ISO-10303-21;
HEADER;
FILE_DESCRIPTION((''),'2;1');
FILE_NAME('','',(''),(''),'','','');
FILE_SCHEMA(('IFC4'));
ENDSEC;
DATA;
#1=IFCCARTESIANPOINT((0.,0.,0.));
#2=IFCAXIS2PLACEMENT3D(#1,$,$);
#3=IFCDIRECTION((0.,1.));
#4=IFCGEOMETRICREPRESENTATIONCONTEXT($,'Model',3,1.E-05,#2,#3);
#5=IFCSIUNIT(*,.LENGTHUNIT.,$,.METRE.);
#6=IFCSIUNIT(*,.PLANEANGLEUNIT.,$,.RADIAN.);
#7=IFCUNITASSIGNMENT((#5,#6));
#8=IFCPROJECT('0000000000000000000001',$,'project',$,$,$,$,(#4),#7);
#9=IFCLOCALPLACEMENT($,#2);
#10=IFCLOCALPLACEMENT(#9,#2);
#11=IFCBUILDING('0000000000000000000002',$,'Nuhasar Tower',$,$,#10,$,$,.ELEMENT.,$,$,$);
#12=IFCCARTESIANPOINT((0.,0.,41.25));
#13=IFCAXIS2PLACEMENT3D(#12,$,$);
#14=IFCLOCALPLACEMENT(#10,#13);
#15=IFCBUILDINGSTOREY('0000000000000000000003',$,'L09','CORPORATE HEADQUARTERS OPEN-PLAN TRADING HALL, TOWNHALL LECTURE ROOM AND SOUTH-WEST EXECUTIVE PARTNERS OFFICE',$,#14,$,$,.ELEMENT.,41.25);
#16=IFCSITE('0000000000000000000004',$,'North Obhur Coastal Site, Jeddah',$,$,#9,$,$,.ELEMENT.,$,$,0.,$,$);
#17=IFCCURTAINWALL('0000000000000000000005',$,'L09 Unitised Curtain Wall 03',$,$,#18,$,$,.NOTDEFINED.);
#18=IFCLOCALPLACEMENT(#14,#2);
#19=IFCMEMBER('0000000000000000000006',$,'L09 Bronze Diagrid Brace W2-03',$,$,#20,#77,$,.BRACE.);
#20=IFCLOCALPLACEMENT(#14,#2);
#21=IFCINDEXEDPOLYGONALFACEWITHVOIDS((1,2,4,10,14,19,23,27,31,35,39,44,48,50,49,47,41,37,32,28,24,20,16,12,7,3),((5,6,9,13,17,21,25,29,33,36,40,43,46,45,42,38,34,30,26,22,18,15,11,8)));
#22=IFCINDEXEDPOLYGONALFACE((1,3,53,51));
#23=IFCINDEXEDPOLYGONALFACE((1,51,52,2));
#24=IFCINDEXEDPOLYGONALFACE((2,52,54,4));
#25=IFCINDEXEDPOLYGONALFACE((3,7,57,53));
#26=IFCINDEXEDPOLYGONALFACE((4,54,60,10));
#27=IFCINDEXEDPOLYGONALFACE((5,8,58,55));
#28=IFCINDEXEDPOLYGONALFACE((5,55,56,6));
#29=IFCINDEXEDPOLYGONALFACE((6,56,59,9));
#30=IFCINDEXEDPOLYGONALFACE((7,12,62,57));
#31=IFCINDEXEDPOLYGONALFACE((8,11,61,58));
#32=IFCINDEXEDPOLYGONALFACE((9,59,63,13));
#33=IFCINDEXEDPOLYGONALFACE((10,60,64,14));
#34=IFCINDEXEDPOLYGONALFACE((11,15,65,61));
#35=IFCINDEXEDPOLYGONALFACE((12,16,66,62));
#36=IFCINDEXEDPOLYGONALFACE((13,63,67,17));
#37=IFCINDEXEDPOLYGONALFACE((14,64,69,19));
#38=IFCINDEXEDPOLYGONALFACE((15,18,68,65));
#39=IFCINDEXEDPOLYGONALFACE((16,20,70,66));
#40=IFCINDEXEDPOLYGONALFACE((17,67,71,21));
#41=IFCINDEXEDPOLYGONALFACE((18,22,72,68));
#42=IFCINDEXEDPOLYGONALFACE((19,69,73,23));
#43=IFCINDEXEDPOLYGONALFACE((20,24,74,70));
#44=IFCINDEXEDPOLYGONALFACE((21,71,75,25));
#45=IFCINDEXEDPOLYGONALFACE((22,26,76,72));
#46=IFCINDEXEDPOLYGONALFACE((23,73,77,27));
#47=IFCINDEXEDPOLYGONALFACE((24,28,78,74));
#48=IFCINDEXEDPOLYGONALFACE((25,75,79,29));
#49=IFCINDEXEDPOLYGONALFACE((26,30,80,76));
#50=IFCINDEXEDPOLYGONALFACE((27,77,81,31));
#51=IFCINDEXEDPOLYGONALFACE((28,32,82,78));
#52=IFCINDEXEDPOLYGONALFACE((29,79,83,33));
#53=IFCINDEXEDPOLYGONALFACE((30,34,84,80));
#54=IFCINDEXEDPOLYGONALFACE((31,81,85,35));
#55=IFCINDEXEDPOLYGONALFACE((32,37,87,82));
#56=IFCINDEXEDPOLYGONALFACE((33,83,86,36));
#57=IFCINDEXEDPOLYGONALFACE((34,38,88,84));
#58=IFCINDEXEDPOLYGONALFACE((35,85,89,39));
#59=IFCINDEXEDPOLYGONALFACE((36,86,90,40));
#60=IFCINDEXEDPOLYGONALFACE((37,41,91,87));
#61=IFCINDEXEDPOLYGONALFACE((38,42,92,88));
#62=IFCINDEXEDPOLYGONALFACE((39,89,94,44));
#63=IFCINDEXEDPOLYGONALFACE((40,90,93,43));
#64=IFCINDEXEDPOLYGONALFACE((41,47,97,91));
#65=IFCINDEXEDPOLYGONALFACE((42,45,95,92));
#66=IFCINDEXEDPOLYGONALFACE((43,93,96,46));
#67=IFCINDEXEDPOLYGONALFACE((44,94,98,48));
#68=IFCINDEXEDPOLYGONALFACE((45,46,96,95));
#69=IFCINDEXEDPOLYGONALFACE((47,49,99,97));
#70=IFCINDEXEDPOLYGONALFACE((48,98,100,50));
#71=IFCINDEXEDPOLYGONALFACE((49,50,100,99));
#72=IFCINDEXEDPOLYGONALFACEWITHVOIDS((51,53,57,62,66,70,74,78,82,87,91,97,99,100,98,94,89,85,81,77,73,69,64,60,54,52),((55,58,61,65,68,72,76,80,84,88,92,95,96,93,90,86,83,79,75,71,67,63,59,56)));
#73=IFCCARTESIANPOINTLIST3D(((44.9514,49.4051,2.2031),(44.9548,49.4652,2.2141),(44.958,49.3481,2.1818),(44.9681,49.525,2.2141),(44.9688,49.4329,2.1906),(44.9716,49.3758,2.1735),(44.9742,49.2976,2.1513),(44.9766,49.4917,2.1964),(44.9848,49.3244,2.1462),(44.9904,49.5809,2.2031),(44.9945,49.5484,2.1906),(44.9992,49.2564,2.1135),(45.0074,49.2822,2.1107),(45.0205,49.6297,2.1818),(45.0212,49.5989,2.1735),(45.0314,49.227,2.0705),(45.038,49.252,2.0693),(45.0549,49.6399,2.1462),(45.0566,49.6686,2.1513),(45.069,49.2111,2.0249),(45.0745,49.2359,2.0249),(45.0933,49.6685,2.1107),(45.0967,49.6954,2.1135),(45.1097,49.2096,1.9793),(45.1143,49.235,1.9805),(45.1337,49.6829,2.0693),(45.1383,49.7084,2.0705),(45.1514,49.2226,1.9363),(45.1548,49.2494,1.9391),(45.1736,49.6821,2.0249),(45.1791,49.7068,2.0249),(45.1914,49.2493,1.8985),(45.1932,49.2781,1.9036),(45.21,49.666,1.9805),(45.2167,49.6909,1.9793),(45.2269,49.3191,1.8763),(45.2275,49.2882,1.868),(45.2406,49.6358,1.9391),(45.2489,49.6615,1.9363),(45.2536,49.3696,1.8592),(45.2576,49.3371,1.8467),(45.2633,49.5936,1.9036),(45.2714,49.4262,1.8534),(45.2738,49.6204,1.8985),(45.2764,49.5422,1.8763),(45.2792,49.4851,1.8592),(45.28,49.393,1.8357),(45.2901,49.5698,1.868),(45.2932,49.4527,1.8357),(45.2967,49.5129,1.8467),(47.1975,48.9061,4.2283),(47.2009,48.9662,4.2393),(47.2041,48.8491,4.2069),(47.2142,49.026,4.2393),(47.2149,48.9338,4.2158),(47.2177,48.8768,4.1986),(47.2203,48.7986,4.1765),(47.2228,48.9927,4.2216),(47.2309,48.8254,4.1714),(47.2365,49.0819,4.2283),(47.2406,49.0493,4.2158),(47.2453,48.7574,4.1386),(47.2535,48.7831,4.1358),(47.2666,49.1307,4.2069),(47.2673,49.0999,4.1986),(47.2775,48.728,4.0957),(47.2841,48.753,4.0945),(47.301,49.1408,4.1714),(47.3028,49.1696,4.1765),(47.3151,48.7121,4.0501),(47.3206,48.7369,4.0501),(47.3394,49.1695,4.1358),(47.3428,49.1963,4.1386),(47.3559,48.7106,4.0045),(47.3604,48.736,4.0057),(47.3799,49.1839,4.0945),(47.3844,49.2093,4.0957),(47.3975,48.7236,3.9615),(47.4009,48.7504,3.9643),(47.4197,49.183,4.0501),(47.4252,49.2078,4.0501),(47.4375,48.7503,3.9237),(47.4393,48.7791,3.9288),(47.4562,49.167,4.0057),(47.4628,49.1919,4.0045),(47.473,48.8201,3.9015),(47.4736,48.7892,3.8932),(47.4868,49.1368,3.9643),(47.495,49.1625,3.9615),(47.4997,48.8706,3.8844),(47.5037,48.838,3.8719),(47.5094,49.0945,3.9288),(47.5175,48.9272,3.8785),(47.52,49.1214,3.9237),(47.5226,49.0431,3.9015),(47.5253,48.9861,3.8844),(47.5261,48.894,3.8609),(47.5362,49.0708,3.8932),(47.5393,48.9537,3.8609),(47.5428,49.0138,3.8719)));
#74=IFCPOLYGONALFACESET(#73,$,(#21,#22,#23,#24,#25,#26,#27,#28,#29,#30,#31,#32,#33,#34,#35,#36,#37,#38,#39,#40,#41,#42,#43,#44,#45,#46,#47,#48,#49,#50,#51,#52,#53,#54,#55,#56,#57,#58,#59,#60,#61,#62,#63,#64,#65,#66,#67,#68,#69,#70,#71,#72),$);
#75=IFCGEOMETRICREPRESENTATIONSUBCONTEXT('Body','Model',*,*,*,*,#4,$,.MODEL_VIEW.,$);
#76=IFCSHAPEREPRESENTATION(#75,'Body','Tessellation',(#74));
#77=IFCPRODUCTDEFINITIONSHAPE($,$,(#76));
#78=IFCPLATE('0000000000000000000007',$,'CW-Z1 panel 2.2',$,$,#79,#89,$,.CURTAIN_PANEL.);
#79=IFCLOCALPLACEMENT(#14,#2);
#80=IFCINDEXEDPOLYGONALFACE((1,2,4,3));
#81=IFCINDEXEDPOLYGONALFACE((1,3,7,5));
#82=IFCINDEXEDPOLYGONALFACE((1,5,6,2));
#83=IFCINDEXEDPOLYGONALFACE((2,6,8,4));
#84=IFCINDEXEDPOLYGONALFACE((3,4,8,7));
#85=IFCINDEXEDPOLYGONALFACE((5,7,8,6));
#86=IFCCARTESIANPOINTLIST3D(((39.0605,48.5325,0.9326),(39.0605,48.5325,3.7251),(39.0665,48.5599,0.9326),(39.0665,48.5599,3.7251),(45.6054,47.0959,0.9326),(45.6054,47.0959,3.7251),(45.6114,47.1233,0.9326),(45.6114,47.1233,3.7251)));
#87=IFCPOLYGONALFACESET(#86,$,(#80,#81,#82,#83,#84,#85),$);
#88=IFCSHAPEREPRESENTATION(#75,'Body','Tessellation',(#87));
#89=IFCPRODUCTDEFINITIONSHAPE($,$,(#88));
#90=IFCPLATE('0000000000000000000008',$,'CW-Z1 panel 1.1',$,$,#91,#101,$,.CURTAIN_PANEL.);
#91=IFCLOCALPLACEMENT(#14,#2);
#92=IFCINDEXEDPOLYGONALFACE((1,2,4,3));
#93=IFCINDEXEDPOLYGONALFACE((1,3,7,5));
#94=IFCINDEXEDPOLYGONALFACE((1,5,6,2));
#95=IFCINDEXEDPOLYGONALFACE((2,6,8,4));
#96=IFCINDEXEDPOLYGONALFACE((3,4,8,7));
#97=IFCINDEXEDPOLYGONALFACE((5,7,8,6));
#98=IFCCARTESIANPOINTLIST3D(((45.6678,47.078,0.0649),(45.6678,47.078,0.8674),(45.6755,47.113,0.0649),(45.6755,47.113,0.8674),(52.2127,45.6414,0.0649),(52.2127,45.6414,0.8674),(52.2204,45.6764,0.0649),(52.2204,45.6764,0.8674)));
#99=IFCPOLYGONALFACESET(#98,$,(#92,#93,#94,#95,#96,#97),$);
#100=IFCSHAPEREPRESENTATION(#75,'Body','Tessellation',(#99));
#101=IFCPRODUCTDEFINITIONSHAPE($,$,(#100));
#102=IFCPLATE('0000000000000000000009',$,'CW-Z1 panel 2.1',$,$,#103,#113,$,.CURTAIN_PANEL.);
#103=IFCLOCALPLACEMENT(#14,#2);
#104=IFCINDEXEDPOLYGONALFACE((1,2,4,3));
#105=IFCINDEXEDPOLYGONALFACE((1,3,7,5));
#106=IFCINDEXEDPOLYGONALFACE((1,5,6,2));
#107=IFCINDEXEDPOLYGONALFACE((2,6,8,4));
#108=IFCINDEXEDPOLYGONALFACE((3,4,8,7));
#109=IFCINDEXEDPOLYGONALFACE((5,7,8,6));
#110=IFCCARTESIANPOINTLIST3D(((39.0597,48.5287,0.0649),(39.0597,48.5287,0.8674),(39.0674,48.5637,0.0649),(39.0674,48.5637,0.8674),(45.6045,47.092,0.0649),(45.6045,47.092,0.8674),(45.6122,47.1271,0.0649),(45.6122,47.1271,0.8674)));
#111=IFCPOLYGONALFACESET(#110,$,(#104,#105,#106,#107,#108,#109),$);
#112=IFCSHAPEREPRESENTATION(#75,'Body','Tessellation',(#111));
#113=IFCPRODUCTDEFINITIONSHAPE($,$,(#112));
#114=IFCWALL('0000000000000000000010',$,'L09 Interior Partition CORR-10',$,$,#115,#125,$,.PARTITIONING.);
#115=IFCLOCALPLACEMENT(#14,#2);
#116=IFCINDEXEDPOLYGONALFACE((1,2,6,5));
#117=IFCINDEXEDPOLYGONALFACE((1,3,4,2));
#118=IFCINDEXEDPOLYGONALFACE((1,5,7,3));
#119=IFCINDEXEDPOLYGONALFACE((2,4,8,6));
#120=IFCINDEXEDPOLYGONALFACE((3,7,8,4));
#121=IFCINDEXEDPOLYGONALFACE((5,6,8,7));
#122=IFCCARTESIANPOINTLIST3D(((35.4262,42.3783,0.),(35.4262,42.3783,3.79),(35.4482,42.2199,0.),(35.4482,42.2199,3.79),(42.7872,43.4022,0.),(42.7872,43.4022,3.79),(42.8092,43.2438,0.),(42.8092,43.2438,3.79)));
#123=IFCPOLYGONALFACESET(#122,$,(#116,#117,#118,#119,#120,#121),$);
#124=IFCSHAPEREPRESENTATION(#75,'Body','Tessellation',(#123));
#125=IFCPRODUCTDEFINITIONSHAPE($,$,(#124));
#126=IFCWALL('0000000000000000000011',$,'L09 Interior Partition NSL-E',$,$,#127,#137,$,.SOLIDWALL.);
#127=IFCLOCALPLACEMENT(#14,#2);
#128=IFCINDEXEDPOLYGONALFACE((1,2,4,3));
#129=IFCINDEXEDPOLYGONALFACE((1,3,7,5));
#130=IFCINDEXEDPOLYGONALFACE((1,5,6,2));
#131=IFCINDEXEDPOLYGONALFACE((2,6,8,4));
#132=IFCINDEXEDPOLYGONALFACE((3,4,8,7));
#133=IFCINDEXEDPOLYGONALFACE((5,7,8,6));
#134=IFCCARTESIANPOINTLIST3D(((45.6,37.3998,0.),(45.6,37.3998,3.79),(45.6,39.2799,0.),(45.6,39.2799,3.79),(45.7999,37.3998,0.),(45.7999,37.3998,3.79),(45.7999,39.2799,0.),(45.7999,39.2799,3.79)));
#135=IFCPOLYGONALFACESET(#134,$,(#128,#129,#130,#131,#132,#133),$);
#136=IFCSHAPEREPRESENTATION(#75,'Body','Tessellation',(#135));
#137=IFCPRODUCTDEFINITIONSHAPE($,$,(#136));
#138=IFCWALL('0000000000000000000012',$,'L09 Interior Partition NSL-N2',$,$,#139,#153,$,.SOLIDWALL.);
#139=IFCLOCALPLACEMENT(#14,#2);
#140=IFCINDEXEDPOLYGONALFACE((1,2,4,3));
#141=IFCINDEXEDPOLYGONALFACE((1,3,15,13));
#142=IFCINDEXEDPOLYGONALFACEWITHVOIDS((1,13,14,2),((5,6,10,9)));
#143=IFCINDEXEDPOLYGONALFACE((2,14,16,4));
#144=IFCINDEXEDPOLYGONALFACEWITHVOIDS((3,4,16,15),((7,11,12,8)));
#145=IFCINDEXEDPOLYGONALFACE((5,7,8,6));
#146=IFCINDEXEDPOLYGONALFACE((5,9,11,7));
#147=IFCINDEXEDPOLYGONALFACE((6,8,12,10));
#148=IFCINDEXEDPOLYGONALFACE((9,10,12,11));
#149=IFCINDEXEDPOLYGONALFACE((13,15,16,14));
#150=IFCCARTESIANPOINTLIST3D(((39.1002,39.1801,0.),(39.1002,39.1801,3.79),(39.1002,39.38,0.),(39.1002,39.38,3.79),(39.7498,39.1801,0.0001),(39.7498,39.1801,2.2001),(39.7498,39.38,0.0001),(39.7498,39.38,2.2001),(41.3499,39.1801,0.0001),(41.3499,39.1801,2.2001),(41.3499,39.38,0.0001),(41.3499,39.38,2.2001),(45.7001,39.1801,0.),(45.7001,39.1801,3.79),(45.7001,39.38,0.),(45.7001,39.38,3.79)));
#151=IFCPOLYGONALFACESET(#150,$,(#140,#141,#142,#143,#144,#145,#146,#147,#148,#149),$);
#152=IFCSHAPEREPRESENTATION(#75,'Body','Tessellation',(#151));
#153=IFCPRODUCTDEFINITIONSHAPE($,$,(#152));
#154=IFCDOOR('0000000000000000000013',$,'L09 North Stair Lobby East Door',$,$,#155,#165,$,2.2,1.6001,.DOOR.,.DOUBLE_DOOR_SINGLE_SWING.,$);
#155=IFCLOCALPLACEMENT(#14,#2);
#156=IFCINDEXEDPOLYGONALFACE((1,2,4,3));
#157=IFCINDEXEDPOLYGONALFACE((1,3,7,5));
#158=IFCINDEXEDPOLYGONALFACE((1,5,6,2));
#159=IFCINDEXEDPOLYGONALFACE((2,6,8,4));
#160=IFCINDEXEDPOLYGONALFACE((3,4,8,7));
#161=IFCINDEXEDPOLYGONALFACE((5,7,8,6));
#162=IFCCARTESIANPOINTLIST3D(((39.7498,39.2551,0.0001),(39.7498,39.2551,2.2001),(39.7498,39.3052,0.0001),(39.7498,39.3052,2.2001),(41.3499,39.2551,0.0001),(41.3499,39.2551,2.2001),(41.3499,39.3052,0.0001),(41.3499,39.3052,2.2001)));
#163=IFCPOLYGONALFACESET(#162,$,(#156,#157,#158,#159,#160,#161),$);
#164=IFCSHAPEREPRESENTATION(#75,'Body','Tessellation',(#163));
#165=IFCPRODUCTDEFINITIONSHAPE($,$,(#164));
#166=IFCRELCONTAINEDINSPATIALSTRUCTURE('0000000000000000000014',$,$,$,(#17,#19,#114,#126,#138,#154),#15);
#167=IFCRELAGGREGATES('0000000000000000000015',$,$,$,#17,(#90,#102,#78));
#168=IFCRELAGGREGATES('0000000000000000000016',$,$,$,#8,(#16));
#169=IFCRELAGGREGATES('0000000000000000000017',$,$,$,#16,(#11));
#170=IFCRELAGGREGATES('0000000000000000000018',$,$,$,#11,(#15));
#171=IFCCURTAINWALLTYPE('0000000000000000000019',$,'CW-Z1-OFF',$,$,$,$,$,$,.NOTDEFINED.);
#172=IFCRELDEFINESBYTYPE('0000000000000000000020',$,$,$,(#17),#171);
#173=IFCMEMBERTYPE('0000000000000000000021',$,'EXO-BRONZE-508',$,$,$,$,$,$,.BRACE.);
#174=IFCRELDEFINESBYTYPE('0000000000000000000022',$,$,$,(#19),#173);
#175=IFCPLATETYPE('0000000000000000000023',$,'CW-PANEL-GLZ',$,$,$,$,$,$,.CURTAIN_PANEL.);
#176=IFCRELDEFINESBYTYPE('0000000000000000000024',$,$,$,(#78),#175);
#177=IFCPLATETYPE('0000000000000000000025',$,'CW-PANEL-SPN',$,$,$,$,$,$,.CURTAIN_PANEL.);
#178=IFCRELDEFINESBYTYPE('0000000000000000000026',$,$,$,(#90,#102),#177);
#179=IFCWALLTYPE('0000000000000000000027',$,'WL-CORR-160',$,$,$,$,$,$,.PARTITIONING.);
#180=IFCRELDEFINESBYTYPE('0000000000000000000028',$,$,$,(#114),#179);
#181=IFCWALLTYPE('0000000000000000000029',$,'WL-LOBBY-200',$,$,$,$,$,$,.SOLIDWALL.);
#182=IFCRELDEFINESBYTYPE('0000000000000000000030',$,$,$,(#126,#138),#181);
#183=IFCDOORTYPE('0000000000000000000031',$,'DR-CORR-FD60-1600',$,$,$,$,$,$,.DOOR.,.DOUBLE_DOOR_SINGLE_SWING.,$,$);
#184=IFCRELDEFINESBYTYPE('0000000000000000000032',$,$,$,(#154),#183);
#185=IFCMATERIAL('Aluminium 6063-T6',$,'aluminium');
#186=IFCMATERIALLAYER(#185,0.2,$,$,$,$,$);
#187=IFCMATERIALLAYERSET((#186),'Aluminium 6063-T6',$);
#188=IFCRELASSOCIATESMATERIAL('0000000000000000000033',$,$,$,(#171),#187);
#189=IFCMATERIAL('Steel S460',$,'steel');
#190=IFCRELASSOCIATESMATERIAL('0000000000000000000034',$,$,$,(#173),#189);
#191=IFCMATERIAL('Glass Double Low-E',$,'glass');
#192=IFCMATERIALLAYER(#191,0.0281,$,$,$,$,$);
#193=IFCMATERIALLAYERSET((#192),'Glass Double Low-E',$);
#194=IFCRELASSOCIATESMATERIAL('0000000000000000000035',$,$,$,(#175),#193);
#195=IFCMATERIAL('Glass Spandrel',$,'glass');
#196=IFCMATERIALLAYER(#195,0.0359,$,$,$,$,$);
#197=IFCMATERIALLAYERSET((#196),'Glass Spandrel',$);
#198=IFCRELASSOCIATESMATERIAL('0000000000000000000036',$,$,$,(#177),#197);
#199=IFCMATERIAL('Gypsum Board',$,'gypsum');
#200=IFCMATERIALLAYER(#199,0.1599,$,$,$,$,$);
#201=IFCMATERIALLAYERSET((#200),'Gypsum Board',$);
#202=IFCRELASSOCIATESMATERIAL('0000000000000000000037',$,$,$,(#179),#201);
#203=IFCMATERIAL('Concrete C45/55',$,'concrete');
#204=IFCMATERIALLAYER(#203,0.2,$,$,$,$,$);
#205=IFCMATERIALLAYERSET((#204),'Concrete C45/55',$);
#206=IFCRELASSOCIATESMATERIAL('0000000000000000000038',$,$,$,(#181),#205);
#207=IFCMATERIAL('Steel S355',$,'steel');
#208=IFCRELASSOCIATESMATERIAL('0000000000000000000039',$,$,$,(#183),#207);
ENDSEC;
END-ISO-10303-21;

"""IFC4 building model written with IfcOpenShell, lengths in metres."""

from ifc_helpers import new_model, si_unit, direction, frame, frame_2d, origin, origin_2d, place, context, subcontext, project, spatial, rectangle, hollow_circle, extrude, material, layer, layer_set, material_profile, profile_set, type_object, element, fill, aggregate, save


model = new_model("IFC4")

# Units and contexts
model_context = context("Model", 3, precision=1e-05, world=origin(), true_north=direction((0.0, 1.0)))
body_context = subcontext(model_context, "Body", "Model", "MODEL_VIEW")
ifc_project = project(units=[si_unit("LENGTHUNIT", "METRE"), si_unit("PLANEANGLEUNIT", "RADIAN")], contexts=[model_context])

# Site, building, storey
site_placement = place(None, origin())
site = spatial("IfcSite", under=ifc_project, at=site_placement, Name="North Obhur Coastal Site, Jeddah", CompositionType="ELEMENT", RefElevation=0.0)
building_placement = place(site_placement, origin())
building = spatial("IfcBuilding", under=site, at=building_placement, Name="Nuhasar Tower", CompositionType="ELEMENT")
storey_placement = place(building_placement, frame((0.0, 0.0, 41.25)))
storey = spatial("IfcBuildingStorey", under=building, at=storey_placement, Name="L09", Description="CORPORATE HEADQUARTERS OPEN-PLAN TRADING HALL, TOWNHALL LECTURE ROOM AND SOUTH-WEST EXECUTIVE PARTNERS OFFICE", CompositionType="ELEMENT", Elevation=41.25)

# Shared definitions
ifc_material_1 = material(Name="Steel S355", Category="steel")

# Curtain wall
ifc_material_2 = material(Name="Aluminium 6063-T6", Category="aluminium")
ifc_layer_1 = layer(ifc_material_2, 0.2)
ifc_layer_set_1 = layer_set([ifc_layer_1], Name="Aluminium 6063-T6")
curtain_wall_type = type_object("IfcCurtainWallType", Name="CW-Z1-OFF", PredefinedType="NOTDEFINED", material=ifc_layer_set_1)
curtain_wall_1_placement = place(storey_placement, origin())
curtain_wall_1 = element("IfcCurtainWall", 1, at=curtain_wall_1_placement, inside=storey, type_object=curtain_wall_type, Name="L09 Unitised Curtain Wall 03", PredefinedType="NOTDEFINED")

# Member
ifc_material_3 = material(Name="Steel S460", Category="steel")
ifc_material_profile_1 = material_profile(ifc_material_3, hollow_circle(Radius=0.2539, WallThickness=0.0254, at=origin_2d()), Name="HSS508X25.4")
ifc_profile_set_1 = profile_set([ifc_material_profile_1], Name="Steel S460")
member_type_1 = type_object("IfcMemberType", Name="EXO-BRONZE-508", PredefinedType="BRACE", material=ifc_profile_set_1)
member_1_placement = place(storey_placement, frame((45.124, 49.459, 2.0249), z_axis=(0.732783, -0.162805, 0.660699), x_axis=(0.216886, 0.976197, 0.0)))
element("IfcMember", 2, at=member_1_placement, inside=storey, type_object=member_type_1, Name="L09 Bronze Diagrid Brace W2-03", PredefinedType="BRACE", context=body_context, shape_type="SweptSolid", body=[
    extrude(hollow_circle(Radius=0.2539, WallThickness=0.0254, at=origin_2d()), origin(), (0.0, 0.0, 1.0), 3.0652),
])

# Plates
ifc_material_4 = material(Name="Glass Double Low-E", Category="glass")
ifc_layer_2 = layer(ifc_material_4, 0.0281)
ifc_layer_set_2 = layer_set([ifc_layer_2], Name="Glass Double Low-E")
plate_type_1 = type_object("IfcPlateType", Name="CW-PANEL-GLZ", PredefinedType="CURTAIN_PANEL", material=ifc_layer_set_2)
plate_1_placement = place(storey_placement, frame((42.3359, 47.8279, 0.9326), z_axis=(0.0, 0.0, 1.0), x_axis=(-0.976746, 0.214399, 0.0)))
plate_1 = element("IfcPlate", 3, at=plate_1_placement, type_object=plate_type_1, Name="CW-Z1 panel 2.2", PredefinedType="CURTAIN_PANEL", context=body_context, shape_type="SweptSolid", body=[
    extrude(rectangle(XDim=6.7007, YDim=0.0281, at=origin_2d()), origin(), (0.0, 0.0, 1.0), 2.7925),
])
ifc_material_5 = material(Name="Glass Spandrel", Category="glass")
ifc_layer_3 = layer(ifc_material_5, 0.0359)
ifc_layer_set_3 = layer_set([ifc_layer_3], Name="Glass Spandrel")
plate_type_2 = type_object("IfcPlateType", Name="CW-PANEL-SPN", PredefinedType="CURTAIN_PANEL", material=ifc_layer_set_3)
plate_2_placement = place(storey_placement, frame((48.9441, 46.3772, 0.0649), z_axis=(0.0, 0.0, 1.0), x_axis=(-0.976746, 0.214399, 0.0)))
plate_2 = element("IfcPlate", 4, at=plate_2_placement, type_object=plate_type_2, Name="CW-Z1 panel 1.1", PredefinedType="CURTAIN_PANEL", context=body_context, shape_type="SweptSolid", body=[
    extrude(rectangle(XDim=6.7007, YDim=0.0359, at=origin_2d()), origin(), (0.0, 0.0, 1.0), 0.8025),
])
plate_3_placement = place(storey_placement, frame((42.3359, 47.8279, 0.0649), z_axis=(0.0, 0.0, 1.0), x_axis=(-0.976746, 0.214399, 0.0)))
plate_3 = element("IfcPlate", 5, at=plate_3_placement, type_object=plate_type_2, Name="CW-Z1 panel 2.1", PredefinedType="CURTAIN_PANEL", context=body_context, shape_type="SweptSolid", body=[
    extrude(rectangle(XDim=6.7007, YDim=0.0359, at=origin_2d()), origin(), (0.0, 0.0, 1.0), 0.8025),
])
aggregate(curtain_wall_1, [plate_2, plate_3, plate_1])

# Walls
ifc_material_6 = material(Name="Gypsum Board", Category="gypsum")
ifc_layer_4 = layer(ifc_material_6, 0.1599)
ifc_layer_set_4 = layer_set([ifc_layer_4], Name="Gypsum Board")
wall_type_1 = type_object("IfcWallType", Name="WL-CORR-160", PredefinedType="PARTITIONING", material=ifc_layer_set_4)
wall_1_placement = place(storey_placement, frame((42.7981, 43.323, 0.0), z_axis=(0.0, 0.0, 1.0), x_axis=(-0.990464, -0.137773, 0.0)))
element("IfcWall", 6, at=wall_1_placement, inside=storey, type_object=wall_type_1, Name="L09 Interior Partition CORR-10", PredefinedType="PARTITIONING", context=body_context, shape_type="SweptSolid", body=[
    extrude(rectangle(XDim=7.4319, YDim=0.1599, at=frame_2d((3.7158, 0.0))), origin(), (0.0, 0.0, 1.0), 3.79),
])
ifc_material_7 = material(Name="Concrete C45/55", Category="concrete")
ifc_layer_5 = layer(ifc_material_7, 0.2)
ifc_layer_set_5 = layer_set([ifc_layer_5], Name="Concrete C45/55")
wall_type_2 = type_object("IfcWallType", Name="WL-LOBBY-200", PredefinedType="SOLIDWALL", material=ifc_layer_set_5)
wall_2_placement = place(storey_placement, frame((45.7, 37.3999, 0.0), z_axis=(0.0, 0.0, 1.0), x_axis=(0.0, 1.0, 0.0)))
element("IfcWall", 7, at=wall_2_placement, inside=storey, type_object=wall_type_2, Name="L09 Interior Partition NSL-E", PredefinedType="SOLIDWALL", context=body_context, shape_type="SweptSolid", body=[
    extrude(rectangle(XDim=1.8801, YDim=0.2, at=frame_2d((0.9399, 0.0))), origin(), (0.0, 0.0, 1.0), 3.79),
])

# Wall, opening, door
wall_3_placement = place(storey_placement, frame((45.7, 39.28, 0.0), z_axis=(0.0, 0.0, 1.0), x_axis=(-1.0, 0.0, 0.0)))
wall_3 = element("IfcWall", 8, at=wall_3_placement, inside=storey, type_object=wall_type_2, Name="L09 Interior Partition NSL-N2", PredefinedType="SOLIDWALL", context=body_context, shape_type="SweptSolid", body=[
    extrude(rectangle(XDim=6.5999, YDim=0.2, at=frame_2d((3.2998, 0.0))), origin(), (0.0, 0.0, 1.0), 3.79),
])
opening_placement = place(wall_3_placement, frame((4.3501, 0.0, 0.0)))
opening = element("IfcOpeningElement", 9, at=opening_placement, cuts=wall_3, PredefinedType="OPENING", context=body_context, shape_type="SweptSolid", body=[
    extrude(rectangle(XDim=1.6001, YDim=2.2, at=frame_2d((0.8, 1.1001))), frame((0.0, 0.1099, 0.0), z_axis=(0.0, -1.0, 0.0), x_axis=(1.0, 0.0, 0.0)), (0.0, 0.0, 1.0), 0.22),
])
door_type = type_object("IfcDoorType", Name="DR-CORR-FD60-1600", OperationType="DOUBLE_DOOR_SINGLE_SWING", PredefinedType="DOOR", material=ifc_material_1)
door_placement = place(opening_placement, origin())
door = element("IfcDoor", 10, at=door_placement, inside=storey, type_object=door_type, Name="L09 North Stair Lobby East Door", OperationType="DOUBLE_DOOR_SINGLE_SWING", OverallHeight=2.2, OverallWidth=1.6001, PredefinedType="DOOR", context=body_context, shape_type="SweptSolid", body=[
    extrude(rectangle(XDim=1.6001, YDim=2.2, at=frame_2d((0.8, 1.1001))), frame((0.0, 0.0249, 0.0), z_axis=(0.0, -1.0, 0.0), x_axis=(1.0, 0.0, 0.0)), (0.0, 0.0, 1.0), 0.05),
])
fill(opening, door)

save(model, "model.ifc")
